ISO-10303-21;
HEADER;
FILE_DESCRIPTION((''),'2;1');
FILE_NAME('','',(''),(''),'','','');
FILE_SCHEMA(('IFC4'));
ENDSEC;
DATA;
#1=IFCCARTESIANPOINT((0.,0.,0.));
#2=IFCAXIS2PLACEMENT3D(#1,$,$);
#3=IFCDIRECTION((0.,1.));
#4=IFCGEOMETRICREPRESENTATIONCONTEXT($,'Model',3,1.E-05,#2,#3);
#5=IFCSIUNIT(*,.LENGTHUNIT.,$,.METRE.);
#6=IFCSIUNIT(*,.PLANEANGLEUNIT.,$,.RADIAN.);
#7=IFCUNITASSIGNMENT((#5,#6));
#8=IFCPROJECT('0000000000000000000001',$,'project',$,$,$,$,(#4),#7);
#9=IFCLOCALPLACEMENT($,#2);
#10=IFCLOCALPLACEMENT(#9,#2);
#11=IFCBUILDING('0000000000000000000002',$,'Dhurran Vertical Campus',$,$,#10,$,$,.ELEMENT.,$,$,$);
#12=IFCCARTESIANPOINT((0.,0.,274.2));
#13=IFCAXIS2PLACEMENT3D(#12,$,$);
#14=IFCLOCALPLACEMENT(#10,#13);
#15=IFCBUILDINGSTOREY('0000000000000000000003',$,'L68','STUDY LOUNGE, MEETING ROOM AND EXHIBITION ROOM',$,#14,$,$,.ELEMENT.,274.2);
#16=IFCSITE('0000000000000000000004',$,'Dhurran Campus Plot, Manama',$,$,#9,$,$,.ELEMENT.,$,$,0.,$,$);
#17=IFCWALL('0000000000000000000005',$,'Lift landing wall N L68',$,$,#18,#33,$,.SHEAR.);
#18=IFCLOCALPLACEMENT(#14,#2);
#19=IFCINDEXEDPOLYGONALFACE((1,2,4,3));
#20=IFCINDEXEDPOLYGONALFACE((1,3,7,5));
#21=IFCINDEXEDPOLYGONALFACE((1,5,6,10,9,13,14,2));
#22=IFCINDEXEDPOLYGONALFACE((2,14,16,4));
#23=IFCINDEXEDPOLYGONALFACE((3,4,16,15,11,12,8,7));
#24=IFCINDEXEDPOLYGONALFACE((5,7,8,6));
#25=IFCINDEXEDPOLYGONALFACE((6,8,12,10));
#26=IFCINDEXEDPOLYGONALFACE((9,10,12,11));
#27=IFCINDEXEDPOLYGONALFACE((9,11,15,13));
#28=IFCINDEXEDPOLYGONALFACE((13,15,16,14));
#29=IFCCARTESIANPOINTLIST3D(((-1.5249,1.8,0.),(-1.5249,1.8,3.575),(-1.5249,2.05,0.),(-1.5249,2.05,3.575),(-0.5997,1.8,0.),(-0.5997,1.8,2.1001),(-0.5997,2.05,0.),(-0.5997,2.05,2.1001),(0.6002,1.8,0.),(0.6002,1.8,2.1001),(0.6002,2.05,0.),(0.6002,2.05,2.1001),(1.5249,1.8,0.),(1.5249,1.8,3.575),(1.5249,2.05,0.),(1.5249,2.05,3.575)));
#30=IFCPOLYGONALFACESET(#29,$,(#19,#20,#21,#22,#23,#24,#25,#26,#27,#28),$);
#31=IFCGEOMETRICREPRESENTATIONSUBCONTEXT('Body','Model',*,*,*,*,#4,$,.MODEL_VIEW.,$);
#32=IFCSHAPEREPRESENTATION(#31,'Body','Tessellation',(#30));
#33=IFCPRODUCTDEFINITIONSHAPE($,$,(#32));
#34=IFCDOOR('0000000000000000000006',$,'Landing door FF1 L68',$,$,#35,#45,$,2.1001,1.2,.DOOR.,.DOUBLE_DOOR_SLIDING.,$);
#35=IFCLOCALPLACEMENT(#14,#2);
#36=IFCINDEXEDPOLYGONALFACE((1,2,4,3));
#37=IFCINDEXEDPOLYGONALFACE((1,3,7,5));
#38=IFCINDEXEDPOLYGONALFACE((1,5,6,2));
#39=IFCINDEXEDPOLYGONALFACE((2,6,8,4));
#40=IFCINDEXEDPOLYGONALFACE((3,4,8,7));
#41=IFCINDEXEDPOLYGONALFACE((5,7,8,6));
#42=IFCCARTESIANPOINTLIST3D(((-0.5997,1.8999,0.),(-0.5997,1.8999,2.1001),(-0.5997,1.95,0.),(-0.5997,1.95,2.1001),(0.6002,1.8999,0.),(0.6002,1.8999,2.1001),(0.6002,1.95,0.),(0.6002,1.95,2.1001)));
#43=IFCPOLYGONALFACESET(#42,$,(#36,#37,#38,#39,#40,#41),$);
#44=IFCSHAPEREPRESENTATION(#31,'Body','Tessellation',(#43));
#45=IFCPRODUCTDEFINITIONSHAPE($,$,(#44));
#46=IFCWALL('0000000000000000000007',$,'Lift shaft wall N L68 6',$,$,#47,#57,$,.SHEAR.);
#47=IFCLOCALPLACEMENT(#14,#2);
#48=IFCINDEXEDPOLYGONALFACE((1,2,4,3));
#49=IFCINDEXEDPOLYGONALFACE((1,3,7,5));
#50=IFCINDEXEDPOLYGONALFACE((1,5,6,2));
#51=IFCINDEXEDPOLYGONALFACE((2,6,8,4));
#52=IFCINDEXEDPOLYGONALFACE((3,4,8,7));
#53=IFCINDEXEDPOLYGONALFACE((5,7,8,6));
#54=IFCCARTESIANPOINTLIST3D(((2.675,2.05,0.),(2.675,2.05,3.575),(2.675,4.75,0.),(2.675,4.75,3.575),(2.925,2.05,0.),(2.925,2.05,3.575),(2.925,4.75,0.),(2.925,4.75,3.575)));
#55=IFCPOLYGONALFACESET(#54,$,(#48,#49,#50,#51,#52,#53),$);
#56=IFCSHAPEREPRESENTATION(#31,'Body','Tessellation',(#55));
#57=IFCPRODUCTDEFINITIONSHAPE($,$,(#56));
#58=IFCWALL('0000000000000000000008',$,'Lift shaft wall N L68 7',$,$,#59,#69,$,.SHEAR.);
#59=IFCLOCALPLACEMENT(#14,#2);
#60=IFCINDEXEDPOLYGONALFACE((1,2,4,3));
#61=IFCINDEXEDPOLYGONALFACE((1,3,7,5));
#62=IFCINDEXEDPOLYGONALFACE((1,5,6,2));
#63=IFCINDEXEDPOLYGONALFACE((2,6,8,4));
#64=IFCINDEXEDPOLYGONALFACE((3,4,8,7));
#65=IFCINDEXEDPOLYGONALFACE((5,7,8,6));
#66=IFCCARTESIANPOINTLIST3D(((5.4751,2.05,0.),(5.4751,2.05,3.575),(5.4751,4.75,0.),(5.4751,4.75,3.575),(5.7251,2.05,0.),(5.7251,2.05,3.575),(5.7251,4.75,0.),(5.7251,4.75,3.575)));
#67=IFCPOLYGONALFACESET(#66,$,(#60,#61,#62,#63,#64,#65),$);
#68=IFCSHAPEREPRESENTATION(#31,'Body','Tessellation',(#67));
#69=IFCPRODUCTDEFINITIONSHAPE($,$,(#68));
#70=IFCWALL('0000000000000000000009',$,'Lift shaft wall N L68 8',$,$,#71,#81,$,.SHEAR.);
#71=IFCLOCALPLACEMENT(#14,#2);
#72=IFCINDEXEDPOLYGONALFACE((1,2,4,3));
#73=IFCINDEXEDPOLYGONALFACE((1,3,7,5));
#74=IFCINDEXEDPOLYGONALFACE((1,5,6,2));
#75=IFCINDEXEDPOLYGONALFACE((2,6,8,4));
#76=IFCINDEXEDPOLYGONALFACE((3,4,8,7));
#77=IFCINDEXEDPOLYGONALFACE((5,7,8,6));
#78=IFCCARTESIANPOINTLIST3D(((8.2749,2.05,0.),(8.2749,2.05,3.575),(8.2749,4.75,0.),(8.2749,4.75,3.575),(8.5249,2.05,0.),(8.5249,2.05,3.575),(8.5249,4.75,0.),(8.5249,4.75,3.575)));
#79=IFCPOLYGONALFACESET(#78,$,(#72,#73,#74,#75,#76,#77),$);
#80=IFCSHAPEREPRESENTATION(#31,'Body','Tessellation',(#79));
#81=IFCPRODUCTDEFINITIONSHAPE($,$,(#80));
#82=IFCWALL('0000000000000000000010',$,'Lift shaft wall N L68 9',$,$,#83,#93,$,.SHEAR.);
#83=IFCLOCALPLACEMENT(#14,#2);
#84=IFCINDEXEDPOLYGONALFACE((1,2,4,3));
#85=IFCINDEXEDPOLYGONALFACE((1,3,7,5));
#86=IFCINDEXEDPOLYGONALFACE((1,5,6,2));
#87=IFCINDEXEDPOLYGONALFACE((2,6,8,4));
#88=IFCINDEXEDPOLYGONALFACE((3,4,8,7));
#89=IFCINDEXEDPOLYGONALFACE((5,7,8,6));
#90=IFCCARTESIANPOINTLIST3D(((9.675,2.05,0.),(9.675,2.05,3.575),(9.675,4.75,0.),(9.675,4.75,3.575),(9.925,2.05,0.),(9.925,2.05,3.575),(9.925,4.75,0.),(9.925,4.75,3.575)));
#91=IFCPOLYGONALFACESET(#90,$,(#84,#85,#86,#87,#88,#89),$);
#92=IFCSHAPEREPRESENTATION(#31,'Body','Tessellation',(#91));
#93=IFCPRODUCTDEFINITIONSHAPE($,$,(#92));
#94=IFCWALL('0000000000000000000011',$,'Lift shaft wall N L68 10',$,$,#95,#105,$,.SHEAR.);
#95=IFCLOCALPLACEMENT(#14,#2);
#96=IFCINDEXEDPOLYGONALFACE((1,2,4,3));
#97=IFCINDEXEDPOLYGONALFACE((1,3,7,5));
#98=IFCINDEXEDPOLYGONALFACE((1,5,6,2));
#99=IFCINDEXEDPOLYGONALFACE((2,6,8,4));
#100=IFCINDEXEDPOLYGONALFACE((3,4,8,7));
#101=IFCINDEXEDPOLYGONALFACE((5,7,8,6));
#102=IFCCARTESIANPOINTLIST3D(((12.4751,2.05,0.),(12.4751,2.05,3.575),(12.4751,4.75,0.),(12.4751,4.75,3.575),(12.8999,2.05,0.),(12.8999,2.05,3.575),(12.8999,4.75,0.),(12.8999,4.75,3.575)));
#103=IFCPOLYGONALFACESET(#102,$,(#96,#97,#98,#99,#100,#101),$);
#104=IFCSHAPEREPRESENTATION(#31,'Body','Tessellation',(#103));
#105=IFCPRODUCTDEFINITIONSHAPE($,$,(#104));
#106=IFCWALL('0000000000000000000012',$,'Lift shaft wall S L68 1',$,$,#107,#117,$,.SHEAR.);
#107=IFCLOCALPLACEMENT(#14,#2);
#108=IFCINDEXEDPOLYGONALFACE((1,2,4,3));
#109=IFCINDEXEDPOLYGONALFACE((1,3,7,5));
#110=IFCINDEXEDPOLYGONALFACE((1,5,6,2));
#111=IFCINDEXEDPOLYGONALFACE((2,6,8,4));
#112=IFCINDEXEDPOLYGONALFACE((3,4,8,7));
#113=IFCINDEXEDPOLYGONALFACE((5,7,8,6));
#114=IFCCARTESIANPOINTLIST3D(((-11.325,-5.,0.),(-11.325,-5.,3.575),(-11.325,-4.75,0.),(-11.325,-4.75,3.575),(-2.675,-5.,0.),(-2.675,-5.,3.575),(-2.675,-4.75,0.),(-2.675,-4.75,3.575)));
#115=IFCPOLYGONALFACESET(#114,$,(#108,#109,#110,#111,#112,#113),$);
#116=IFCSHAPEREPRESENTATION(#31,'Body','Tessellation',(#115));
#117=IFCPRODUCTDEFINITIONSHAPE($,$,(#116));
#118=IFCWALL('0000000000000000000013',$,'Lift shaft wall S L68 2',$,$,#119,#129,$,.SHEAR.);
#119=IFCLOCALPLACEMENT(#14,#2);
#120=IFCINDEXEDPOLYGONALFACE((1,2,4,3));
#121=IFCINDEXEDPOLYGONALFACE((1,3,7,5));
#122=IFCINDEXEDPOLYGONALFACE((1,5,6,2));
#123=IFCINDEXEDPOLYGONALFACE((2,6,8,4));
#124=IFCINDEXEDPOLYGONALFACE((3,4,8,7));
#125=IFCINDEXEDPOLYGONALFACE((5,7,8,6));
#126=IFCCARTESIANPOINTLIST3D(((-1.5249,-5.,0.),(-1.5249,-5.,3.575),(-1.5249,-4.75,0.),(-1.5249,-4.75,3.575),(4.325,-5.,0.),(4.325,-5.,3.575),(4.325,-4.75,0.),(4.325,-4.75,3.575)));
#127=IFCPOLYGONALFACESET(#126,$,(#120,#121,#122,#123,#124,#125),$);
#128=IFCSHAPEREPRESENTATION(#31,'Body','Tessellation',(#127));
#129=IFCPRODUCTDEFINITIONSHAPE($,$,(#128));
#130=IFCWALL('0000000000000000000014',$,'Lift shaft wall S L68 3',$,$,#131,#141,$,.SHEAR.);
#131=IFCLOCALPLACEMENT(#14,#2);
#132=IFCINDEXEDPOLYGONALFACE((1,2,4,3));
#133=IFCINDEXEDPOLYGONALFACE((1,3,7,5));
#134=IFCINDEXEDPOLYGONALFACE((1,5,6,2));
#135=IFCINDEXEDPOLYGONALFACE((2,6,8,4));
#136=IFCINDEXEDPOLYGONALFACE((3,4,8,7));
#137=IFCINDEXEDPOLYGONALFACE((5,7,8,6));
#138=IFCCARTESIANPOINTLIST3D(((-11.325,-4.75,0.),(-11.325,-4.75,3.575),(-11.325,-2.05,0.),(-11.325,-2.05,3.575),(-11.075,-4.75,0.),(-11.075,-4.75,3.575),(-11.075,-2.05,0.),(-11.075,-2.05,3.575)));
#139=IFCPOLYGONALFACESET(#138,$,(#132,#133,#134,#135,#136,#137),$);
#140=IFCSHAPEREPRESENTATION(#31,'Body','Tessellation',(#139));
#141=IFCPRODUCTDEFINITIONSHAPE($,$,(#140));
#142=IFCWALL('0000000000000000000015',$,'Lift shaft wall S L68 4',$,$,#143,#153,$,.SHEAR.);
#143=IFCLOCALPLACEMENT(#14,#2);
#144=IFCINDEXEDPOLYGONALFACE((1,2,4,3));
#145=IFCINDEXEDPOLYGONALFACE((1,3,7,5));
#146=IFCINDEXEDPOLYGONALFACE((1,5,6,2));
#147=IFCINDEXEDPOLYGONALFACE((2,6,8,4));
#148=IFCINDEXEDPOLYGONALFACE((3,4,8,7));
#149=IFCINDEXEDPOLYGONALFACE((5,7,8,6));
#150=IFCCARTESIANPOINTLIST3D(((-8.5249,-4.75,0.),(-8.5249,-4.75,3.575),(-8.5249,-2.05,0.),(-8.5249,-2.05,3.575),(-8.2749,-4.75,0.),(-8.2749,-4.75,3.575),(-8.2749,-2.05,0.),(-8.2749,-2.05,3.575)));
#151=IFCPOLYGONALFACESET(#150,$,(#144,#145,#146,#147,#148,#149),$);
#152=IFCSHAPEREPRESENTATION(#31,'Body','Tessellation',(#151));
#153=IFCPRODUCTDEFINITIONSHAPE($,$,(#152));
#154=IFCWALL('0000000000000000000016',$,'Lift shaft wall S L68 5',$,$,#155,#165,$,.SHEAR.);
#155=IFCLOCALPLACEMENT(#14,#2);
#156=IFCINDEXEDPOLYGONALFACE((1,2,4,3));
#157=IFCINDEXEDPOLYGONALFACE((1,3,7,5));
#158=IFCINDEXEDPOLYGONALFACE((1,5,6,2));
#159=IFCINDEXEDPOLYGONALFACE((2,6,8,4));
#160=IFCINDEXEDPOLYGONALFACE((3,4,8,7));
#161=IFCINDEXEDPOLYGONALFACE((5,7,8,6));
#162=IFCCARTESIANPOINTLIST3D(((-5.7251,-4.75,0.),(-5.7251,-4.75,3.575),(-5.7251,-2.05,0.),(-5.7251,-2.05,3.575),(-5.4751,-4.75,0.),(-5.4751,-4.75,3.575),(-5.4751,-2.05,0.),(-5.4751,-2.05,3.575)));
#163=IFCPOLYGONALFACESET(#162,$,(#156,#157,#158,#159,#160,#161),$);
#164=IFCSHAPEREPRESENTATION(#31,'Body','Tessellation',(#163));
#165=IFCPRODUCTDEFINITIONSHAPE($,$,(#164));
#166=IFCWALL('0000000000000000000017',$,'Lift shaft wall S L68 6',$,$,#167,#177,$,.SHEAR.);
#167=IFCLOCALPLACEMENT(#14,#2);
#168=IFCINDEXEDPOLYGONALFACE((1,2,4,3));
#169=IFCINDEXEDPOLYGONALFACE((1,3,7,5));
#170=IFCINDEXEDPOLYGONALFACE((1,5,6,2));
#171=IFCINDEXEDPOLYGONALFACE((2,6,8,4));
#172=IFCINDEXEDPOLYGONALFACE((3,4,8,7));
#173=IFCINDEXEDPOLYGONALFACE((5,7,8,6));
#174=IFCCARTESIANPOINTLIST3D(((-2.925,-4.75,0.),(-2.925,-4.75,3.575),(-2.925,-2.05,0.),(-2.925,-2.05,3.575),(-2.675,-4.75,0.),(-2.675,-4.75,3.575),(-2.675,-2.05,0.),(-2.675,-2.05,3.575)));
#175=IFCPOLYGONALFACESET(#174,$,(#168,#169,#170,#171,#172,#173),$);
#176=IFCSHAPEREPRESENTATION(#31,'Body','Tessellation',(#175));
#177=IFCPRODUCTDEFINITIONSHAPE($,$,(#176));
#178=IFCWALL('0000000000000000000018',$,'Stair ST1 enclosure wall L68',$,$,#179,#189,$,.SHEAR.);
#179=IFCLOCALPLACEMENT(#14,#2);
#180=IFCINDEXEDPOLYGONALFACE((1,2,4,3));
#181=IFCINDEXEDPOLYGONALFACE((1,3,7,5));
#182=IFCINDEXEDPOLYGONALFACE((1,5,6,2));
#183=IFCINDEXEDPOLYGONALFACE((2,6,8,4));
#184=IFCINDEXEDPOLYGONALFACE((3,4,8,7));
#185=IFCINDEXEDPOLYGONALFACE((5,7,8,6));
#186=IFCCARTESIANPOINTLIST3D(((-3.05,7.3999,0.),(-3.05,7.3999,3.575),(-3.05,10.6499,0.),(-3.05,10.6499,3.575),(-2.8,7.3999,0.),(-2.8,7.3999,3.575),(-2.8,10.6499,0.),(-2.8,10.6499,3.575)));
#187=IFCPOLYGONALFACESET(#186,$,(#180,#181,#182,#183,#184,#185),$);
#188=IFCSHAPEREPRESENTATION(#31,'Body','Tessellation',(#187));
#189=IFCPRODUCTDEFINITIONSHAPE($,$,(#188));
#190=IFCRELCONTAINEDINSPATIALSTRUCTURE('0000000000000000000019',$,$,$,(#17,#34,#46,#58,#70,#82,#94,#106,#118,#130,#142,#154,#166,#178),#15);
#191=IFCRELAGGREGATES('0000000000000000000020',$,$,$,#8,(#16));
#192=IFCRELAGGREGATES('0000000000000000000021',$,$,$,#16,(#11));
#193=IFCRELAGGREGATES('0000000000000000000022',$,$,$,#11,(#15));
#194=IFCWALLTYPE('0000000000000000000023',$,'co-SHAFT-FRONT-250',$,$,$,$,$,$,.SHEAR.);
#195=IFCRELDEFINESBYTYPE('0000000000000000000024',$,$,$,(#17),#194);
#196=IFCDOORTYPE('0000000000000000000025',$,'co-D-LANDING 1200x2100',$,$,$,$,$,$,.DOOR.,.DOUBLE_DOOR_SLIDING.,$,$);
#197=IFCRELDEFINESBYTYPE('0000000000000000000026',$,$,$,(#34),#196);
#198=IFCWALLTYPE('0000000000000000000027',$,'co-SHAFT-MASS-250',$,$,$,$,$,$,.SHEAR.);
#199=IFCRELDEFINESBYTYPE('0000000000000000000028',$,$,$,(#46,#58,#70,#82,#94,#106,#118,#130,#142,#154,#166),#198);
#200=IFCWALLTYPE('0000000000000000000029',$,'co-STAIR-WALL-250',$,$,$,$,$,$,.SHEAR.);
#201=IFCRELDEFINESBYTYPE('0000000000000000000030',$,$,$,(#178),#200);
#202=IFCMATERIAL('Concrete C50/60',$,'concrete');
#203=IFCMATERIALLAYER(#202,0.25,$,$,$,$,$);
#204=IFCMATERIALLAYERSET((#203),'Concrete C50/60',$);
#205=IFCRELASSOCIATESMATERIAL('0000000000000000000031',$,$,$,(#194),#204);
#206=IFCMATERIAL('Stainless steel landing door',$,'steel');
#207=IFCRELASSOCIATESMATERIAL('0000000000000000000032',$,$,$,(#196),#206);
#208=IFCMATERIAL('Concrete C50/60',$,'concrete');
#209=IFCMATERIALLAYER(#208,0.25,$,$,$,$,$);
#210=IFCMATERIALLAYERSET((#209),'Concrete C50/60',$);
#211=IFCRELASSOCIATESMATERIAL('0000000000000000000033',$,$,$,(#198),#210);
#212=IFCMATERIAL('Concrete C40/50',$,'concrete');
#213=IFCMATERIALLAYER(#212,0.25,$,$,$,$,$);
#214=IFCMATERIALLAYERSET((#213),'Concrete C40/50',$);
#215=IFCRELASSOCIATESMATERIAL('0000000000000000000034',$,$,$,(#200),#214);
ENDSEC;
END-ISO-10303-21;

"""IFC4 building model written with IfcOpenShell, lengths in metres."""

from ifc_helpers import new_model, si_unit, direction, frame, frame_2d, origin, place, context, subcontext, project, spatial, polyline, rectangle, outline, extrude, material, layer, layer_set, type_object, element, fill, save


model = new_model("IFC4")

# Units and contexts
model_context = context("Model", 3, precision=1e-05, world=origin(), true_north=direction((0.0, 1.0)))
body_context = subcontext(model_context, "Body", "Model", "MODEL_VIEW")
ifc_project = project(units=[si_unit("LENGTHUNIT", "METRE"), si_unit("PLANEANGLEUNIT", "RADIAN")], contexts=[model_context])

# Site, building, storey
site_placement = place(None, origin())
site = spatial("IfcSite", under=ifc_project, at=site_placement, Name="Dhurran Campus Plot, Manama", CompositionType="ELEMENT", RefElevation=0.0)
building_placement = place(site_placement, origin())
building = spatial("IfcBuilding", under=site, at=building_placement, Name="Dhurran Vertical Campus", CompositionType="ELEMENT")
storey_placement = place(building_placement, frame((0.0, 0.0, 274.2)))
storey = spatial("IfcBuildingStorey", under=building, at=storey_placement, Name="L68", Description="STUDY LOUNGE, MEETING ROOM AND EXHIBITION ROOM", CompositionType="ELEMENT", Elevation=274.2)

# Wall, opening, door
ifc_material_1 = material(Name="Concrete C50/60", Category="concrete")
ifc_layer_1 = layer(ifc_material_1, 0.25)
ifc_layer_set_1 = layer_set([ifc_layer_1], Name="Concrete C50/60")
wall_type_1 = type_object("IfcWallType", Name="co-SHAFT-FRONT-250", PredefinedType="SHEAR", material=ifc_layer_set_1)
wall_1_placement = place(storey_placement, frame((-1.5249, 1.925, 0.0), z_axis=(0.0, 0.0, 1.0), x_axis=(1.0, 0.0, 0.0)))
wall_1 = element("IfcWall", 1, at=wall_1_placement, inside=storey, type_object=wall_type_1, Name="Lift landing wall N L68", PredefinedType="SHEAR", context=body_context, shape_type="SweptSolid", body=[
    extrude(rectangle(XDim=3.0498, YDim=0.25, at=frame_2d((1.5249, 0.0))), origin(), (0.0, 0.0, 1.0), 3.575),
])
opening_1_placement = place(wall_1_placement, frame((0.925, 0.0, 0.0)))
opening_1 = element("IfcOpeningElement", 2, at=opening_1_placement, cuts=wall_1, PredefinedType="OPENING", context=body_context, shape_type="SweptSolid", body=[
    extrude(rectangle(XDim=1.2, YDim=2.1001, at=frame_2d((0.6001, 1.05))), frame((0.0, 0.135, 0.0), z_axis=(0.0, -1.0, 0.0), x_axis=(1.0, 0.0, 0.0)), (0.0, 0.0, 1.0), 0.27),
])
ifc_material_2 = material(Name="Stainless steel landing door", Category="steel")
door_type_1 = type_object("IfcDoorType", Name="co-D-LANDING 1200x2100", OperationType="DOUBLE_DOOR_SLIDING", PredefinedType="DOOR", material=ifc_material_2)
door_1_placement = place(opening_1_placement, origin())
door_1 = element("IfcDoor", 3, at=door_1_placement, inside=storey, type_object=door_type_1, Name="Landing door FF1 L68", OperationType="DOUBLE_DOOR_SLIDING", OverallHeight=2.1001, OverallWidth=1.2, PredefinedType="DOOR", context=body_context, shape_type="SweptSolid", body=[
    extrude(rectangle(XDim=1.2, YDim=2.1001, at=frame_2d((0.6001, 1.05))), frame((0.0, 0.0249, 0.0), z_axis=(0.0, -1.0, 0.0), x_axis=(1.0, 0.0, 0.0)), (0.0, 0.0, 1.0), 0.05),
])
fill(opening_1, door_1)

# Walls
ifc_material_3 = material(Name="Concrete C50/60", Category="concrete")
ifc_layer_2 = layer(ifc_material_3, 0.25)
ifc_layer_set_2 = layer_set([ifc_layer_2], Name="Concrete C50/60")
wall_type_2 = type_object("IfcWallType", Name="co-SHAFT-MASS-250", PredefinedType="SHEAR", material=ifc_layer_set_2)
wall_2_placement = place(storey_placement, origin())
element("IfcWall", 4, at=wall_2_placement, inside=storey, type_object=wall_type_2, Name="Lift shaft wall N L68 6", PredefinedType="SHEAR", context=body_context, shape_type="SweptSolid", body=[
    extrude(outline(polyline([(2.675, 2.05), (2.925, 2.05), (2.925, 4.75), (2.675, 4.75), (2.675, 2.05)])), origin(), (0.0, 0.0, 1.0), 3.575),
])
wall_3_placement = place(storey_placement, origin())
element("IfcWall", 5, at=wall_3_placement, inside=storey, type_object=wall_type_2, Name="Lift shaft wall N L68 7", PredefinedType="SHEAR", context=body_context, shape_type="SweptSolid", body=[
    extrude(outline(polyline([(5.4751, 2.05), (5.7251, 2.05), (5.7251, 4.75), (5.4751, 4.75), (5.4751, 2.05)])), origin(), (0.0, 0.0, 1.0), 3.575),
])
wall_4_placement = place(storey_placement, origin())
element("IfcWall", 6, at=wall_4_placement, inside=storey, type_object=wall_type_2, Name="Lift shaft wall N L68 8", PredefinedType="SHEAR", context=body_context, shape_type="SweptSolid", body=[
    extrude(outline(polyline([(8.2749, 2.05), (8.5249, 2.05), (8.5249, 4.75), (8.2749, 4.75), (8.2749, 2.05)])), origin(), (0.0, 0.0, 1.0), 3.575),
])
wall_5_placement = place(storey_placement, origin())
element("IfcWall", 7, at=wall_5_placement, inside=storey, type_object=wall_type_2, Name="Lift shaft wall N L68 9", PredefinedType="SHEAR", context=body_context, shape_type="SweptSolid", body=[
    extrude(outline(polyline([(9.675, 2.05), (9.925, 2.05), (9.925, 4.75), (9.675, 4.75), (9.675, 2.05)])), origin(), (0.0, 0.0, 1.0), 3.575),
])
wall_6_placement = place(storey_placement, origin())
element("IfcWall", 8, at=wall_6_placement, inside=storey, type_object=wall_type_2, Name="Lift shaft wall N L68 10", PredefinedType="SHEAR", context=body_context, shape_type="SweptSolid", body=[
    extrude(outline(polyline([(12.4751, 2.05), (12.8999, 2.05), (12.8999, 4.75), (12.4751, 4.75), (12.4751, 2.05)])), origin(), (0.0, 0.0, 1.0), 3.575),
])
wall_7_placement = place(storey_placement, origin())
element("IfcWall", 9, at=wall_7_placement, inside=storey, type_object=wall_type_2, Name="Lift shaft wall S L68 1", PredefinedType="SHEAR", context=body_context, shape_type="SweptSolid", body=[
    extrude(outline(polyline([(-11.325, -5.0), (-2.675, -5.0), (-2.675, -4.75), (-11.325, -4.75), (-11.325, -5.0)])), origin(), (0.0, 0.0, 1.0), 3.575),
])
wall_8_placement = place(storey_placement, origin())
element("IfcWall", 10, at=wall_8_placement, inside=storey, type_object=wall_type_2, Name="Lift shaft wall S L68 2", PredefinedType="SHEAR", context=body_context, shape_type="SweptSolid", body=[
    extrude(outline(polyline([(-1.5249, -5.0), (4.325, -5.0), (4.325, -4.75), (-1.5249, -4.75), (-1.5249, -5.0)])), origin(), (0.0, 0.0, 1.0), 3.575),
])
wall_9_placement = place(storey_placement, origin())
element("IfcWall", 11, at=wall_9_placement, inside=storey, type_object=wall_type_2, Name="Lift shaft wall S L68 3", PredefinedType="SHEAR", context=body_context, shape_type="SweptSolid", body=[
    extrude(outline(polyline([(-11.325, -4.75), (-11.075, -4.75), (-11.075, -2.05), (-11.325, -2.05), (-11.325, -4.75)])), origin(), (0.0, 0.0, 1.0), 3.575),
])
wall_10_placement = place(storey_placement, origin())
element("IfcWall", 12, at=wall_10_placement, inside=storey, type_object=wall_type_2, Name="Lift shaft wall S L68 4", PredefinedType="SHEAR", context=body_context, shape_type="SweptSolid", body=[
    extrude(outline(polyline([(-8.5249, -4.75), (-8.2749, -4.75), (-8.2749, -2.05), (-8.5249, -2.05), (-8.5249, -4.75)])), origin(), (0.0, 0.0, 1.0), 3.575),
])
wall_11_placement = place(storey_placement, origin())
element("IfcWall", 13, at=wall_11_placement, inside=storey, type_object=wall_type_2, Name="Lift shaft wall S L68 5", PredefinedType="SHEAR", context=body_context, shape_type="SweptSolid", body=[
    extrude(outline(polyline([(-5.7251, -4.75), (-5.4751, -4.75), (-5.4751, -2.05), (-5.7251, -2.05), (-5.7251, -4.75)])), origin(), (0.0, 0.0, 1.0), 3.575),
])
wall_12_placement = place(storey_placement, origin())
element("IfcWall", 14, at=wall_12_placement, inside=storey, type_object=wall_type_2, Name="Lift shaft wall S L68 6", PredefinedType="SHEAR", context=body_context, shape_type="SweptSolid", body=[
    extrude(outline(polyline([(-2.925, -4.75), (-2.675, -4.75), (-2.675, -2.05), (-2.925, -2.05), (-2.925, -4.75)])), origin(), (0.0, 0.0, 1.0), 3.575),
])
ifc_material_4 = material(Name="Concrete C40/50", Category="concrete")
ifc_layer_3 = layer(ifc_material_4, 0.25)
ifc_layer_set_3 = layer_set([ifc_layer_3], Name="Concrete C40/50")
wall_type_3 = type_object("IfcWallType", Name="co-STAIR-WALL-250", PredefinedType="SHEAR", material=ifc_layer_set_3)
wall_13_placement = place(storey_placement, frame((-2.925, 7.3999, 0.0), z_axis=(0.0, 0.0, 1.0), x_axis=(0.0, 1.0, 0.0)))
element("IfcWall", 15, at=wall_13_placement, inside=storey, type_object=wall_type_3, Name="Stair ST1 enclosure wall L68", PredefinedType="SHEAR", context=body_context, shape_type="SweptSolid", body=[
    extrude(rectangle(XDim=3.25, YDim=0.25, at=frame_2d((1.625, 0.0))), origin(), (0.0, 0.0, 1.0), 3.575),
])

save(model, "model.ifc")
